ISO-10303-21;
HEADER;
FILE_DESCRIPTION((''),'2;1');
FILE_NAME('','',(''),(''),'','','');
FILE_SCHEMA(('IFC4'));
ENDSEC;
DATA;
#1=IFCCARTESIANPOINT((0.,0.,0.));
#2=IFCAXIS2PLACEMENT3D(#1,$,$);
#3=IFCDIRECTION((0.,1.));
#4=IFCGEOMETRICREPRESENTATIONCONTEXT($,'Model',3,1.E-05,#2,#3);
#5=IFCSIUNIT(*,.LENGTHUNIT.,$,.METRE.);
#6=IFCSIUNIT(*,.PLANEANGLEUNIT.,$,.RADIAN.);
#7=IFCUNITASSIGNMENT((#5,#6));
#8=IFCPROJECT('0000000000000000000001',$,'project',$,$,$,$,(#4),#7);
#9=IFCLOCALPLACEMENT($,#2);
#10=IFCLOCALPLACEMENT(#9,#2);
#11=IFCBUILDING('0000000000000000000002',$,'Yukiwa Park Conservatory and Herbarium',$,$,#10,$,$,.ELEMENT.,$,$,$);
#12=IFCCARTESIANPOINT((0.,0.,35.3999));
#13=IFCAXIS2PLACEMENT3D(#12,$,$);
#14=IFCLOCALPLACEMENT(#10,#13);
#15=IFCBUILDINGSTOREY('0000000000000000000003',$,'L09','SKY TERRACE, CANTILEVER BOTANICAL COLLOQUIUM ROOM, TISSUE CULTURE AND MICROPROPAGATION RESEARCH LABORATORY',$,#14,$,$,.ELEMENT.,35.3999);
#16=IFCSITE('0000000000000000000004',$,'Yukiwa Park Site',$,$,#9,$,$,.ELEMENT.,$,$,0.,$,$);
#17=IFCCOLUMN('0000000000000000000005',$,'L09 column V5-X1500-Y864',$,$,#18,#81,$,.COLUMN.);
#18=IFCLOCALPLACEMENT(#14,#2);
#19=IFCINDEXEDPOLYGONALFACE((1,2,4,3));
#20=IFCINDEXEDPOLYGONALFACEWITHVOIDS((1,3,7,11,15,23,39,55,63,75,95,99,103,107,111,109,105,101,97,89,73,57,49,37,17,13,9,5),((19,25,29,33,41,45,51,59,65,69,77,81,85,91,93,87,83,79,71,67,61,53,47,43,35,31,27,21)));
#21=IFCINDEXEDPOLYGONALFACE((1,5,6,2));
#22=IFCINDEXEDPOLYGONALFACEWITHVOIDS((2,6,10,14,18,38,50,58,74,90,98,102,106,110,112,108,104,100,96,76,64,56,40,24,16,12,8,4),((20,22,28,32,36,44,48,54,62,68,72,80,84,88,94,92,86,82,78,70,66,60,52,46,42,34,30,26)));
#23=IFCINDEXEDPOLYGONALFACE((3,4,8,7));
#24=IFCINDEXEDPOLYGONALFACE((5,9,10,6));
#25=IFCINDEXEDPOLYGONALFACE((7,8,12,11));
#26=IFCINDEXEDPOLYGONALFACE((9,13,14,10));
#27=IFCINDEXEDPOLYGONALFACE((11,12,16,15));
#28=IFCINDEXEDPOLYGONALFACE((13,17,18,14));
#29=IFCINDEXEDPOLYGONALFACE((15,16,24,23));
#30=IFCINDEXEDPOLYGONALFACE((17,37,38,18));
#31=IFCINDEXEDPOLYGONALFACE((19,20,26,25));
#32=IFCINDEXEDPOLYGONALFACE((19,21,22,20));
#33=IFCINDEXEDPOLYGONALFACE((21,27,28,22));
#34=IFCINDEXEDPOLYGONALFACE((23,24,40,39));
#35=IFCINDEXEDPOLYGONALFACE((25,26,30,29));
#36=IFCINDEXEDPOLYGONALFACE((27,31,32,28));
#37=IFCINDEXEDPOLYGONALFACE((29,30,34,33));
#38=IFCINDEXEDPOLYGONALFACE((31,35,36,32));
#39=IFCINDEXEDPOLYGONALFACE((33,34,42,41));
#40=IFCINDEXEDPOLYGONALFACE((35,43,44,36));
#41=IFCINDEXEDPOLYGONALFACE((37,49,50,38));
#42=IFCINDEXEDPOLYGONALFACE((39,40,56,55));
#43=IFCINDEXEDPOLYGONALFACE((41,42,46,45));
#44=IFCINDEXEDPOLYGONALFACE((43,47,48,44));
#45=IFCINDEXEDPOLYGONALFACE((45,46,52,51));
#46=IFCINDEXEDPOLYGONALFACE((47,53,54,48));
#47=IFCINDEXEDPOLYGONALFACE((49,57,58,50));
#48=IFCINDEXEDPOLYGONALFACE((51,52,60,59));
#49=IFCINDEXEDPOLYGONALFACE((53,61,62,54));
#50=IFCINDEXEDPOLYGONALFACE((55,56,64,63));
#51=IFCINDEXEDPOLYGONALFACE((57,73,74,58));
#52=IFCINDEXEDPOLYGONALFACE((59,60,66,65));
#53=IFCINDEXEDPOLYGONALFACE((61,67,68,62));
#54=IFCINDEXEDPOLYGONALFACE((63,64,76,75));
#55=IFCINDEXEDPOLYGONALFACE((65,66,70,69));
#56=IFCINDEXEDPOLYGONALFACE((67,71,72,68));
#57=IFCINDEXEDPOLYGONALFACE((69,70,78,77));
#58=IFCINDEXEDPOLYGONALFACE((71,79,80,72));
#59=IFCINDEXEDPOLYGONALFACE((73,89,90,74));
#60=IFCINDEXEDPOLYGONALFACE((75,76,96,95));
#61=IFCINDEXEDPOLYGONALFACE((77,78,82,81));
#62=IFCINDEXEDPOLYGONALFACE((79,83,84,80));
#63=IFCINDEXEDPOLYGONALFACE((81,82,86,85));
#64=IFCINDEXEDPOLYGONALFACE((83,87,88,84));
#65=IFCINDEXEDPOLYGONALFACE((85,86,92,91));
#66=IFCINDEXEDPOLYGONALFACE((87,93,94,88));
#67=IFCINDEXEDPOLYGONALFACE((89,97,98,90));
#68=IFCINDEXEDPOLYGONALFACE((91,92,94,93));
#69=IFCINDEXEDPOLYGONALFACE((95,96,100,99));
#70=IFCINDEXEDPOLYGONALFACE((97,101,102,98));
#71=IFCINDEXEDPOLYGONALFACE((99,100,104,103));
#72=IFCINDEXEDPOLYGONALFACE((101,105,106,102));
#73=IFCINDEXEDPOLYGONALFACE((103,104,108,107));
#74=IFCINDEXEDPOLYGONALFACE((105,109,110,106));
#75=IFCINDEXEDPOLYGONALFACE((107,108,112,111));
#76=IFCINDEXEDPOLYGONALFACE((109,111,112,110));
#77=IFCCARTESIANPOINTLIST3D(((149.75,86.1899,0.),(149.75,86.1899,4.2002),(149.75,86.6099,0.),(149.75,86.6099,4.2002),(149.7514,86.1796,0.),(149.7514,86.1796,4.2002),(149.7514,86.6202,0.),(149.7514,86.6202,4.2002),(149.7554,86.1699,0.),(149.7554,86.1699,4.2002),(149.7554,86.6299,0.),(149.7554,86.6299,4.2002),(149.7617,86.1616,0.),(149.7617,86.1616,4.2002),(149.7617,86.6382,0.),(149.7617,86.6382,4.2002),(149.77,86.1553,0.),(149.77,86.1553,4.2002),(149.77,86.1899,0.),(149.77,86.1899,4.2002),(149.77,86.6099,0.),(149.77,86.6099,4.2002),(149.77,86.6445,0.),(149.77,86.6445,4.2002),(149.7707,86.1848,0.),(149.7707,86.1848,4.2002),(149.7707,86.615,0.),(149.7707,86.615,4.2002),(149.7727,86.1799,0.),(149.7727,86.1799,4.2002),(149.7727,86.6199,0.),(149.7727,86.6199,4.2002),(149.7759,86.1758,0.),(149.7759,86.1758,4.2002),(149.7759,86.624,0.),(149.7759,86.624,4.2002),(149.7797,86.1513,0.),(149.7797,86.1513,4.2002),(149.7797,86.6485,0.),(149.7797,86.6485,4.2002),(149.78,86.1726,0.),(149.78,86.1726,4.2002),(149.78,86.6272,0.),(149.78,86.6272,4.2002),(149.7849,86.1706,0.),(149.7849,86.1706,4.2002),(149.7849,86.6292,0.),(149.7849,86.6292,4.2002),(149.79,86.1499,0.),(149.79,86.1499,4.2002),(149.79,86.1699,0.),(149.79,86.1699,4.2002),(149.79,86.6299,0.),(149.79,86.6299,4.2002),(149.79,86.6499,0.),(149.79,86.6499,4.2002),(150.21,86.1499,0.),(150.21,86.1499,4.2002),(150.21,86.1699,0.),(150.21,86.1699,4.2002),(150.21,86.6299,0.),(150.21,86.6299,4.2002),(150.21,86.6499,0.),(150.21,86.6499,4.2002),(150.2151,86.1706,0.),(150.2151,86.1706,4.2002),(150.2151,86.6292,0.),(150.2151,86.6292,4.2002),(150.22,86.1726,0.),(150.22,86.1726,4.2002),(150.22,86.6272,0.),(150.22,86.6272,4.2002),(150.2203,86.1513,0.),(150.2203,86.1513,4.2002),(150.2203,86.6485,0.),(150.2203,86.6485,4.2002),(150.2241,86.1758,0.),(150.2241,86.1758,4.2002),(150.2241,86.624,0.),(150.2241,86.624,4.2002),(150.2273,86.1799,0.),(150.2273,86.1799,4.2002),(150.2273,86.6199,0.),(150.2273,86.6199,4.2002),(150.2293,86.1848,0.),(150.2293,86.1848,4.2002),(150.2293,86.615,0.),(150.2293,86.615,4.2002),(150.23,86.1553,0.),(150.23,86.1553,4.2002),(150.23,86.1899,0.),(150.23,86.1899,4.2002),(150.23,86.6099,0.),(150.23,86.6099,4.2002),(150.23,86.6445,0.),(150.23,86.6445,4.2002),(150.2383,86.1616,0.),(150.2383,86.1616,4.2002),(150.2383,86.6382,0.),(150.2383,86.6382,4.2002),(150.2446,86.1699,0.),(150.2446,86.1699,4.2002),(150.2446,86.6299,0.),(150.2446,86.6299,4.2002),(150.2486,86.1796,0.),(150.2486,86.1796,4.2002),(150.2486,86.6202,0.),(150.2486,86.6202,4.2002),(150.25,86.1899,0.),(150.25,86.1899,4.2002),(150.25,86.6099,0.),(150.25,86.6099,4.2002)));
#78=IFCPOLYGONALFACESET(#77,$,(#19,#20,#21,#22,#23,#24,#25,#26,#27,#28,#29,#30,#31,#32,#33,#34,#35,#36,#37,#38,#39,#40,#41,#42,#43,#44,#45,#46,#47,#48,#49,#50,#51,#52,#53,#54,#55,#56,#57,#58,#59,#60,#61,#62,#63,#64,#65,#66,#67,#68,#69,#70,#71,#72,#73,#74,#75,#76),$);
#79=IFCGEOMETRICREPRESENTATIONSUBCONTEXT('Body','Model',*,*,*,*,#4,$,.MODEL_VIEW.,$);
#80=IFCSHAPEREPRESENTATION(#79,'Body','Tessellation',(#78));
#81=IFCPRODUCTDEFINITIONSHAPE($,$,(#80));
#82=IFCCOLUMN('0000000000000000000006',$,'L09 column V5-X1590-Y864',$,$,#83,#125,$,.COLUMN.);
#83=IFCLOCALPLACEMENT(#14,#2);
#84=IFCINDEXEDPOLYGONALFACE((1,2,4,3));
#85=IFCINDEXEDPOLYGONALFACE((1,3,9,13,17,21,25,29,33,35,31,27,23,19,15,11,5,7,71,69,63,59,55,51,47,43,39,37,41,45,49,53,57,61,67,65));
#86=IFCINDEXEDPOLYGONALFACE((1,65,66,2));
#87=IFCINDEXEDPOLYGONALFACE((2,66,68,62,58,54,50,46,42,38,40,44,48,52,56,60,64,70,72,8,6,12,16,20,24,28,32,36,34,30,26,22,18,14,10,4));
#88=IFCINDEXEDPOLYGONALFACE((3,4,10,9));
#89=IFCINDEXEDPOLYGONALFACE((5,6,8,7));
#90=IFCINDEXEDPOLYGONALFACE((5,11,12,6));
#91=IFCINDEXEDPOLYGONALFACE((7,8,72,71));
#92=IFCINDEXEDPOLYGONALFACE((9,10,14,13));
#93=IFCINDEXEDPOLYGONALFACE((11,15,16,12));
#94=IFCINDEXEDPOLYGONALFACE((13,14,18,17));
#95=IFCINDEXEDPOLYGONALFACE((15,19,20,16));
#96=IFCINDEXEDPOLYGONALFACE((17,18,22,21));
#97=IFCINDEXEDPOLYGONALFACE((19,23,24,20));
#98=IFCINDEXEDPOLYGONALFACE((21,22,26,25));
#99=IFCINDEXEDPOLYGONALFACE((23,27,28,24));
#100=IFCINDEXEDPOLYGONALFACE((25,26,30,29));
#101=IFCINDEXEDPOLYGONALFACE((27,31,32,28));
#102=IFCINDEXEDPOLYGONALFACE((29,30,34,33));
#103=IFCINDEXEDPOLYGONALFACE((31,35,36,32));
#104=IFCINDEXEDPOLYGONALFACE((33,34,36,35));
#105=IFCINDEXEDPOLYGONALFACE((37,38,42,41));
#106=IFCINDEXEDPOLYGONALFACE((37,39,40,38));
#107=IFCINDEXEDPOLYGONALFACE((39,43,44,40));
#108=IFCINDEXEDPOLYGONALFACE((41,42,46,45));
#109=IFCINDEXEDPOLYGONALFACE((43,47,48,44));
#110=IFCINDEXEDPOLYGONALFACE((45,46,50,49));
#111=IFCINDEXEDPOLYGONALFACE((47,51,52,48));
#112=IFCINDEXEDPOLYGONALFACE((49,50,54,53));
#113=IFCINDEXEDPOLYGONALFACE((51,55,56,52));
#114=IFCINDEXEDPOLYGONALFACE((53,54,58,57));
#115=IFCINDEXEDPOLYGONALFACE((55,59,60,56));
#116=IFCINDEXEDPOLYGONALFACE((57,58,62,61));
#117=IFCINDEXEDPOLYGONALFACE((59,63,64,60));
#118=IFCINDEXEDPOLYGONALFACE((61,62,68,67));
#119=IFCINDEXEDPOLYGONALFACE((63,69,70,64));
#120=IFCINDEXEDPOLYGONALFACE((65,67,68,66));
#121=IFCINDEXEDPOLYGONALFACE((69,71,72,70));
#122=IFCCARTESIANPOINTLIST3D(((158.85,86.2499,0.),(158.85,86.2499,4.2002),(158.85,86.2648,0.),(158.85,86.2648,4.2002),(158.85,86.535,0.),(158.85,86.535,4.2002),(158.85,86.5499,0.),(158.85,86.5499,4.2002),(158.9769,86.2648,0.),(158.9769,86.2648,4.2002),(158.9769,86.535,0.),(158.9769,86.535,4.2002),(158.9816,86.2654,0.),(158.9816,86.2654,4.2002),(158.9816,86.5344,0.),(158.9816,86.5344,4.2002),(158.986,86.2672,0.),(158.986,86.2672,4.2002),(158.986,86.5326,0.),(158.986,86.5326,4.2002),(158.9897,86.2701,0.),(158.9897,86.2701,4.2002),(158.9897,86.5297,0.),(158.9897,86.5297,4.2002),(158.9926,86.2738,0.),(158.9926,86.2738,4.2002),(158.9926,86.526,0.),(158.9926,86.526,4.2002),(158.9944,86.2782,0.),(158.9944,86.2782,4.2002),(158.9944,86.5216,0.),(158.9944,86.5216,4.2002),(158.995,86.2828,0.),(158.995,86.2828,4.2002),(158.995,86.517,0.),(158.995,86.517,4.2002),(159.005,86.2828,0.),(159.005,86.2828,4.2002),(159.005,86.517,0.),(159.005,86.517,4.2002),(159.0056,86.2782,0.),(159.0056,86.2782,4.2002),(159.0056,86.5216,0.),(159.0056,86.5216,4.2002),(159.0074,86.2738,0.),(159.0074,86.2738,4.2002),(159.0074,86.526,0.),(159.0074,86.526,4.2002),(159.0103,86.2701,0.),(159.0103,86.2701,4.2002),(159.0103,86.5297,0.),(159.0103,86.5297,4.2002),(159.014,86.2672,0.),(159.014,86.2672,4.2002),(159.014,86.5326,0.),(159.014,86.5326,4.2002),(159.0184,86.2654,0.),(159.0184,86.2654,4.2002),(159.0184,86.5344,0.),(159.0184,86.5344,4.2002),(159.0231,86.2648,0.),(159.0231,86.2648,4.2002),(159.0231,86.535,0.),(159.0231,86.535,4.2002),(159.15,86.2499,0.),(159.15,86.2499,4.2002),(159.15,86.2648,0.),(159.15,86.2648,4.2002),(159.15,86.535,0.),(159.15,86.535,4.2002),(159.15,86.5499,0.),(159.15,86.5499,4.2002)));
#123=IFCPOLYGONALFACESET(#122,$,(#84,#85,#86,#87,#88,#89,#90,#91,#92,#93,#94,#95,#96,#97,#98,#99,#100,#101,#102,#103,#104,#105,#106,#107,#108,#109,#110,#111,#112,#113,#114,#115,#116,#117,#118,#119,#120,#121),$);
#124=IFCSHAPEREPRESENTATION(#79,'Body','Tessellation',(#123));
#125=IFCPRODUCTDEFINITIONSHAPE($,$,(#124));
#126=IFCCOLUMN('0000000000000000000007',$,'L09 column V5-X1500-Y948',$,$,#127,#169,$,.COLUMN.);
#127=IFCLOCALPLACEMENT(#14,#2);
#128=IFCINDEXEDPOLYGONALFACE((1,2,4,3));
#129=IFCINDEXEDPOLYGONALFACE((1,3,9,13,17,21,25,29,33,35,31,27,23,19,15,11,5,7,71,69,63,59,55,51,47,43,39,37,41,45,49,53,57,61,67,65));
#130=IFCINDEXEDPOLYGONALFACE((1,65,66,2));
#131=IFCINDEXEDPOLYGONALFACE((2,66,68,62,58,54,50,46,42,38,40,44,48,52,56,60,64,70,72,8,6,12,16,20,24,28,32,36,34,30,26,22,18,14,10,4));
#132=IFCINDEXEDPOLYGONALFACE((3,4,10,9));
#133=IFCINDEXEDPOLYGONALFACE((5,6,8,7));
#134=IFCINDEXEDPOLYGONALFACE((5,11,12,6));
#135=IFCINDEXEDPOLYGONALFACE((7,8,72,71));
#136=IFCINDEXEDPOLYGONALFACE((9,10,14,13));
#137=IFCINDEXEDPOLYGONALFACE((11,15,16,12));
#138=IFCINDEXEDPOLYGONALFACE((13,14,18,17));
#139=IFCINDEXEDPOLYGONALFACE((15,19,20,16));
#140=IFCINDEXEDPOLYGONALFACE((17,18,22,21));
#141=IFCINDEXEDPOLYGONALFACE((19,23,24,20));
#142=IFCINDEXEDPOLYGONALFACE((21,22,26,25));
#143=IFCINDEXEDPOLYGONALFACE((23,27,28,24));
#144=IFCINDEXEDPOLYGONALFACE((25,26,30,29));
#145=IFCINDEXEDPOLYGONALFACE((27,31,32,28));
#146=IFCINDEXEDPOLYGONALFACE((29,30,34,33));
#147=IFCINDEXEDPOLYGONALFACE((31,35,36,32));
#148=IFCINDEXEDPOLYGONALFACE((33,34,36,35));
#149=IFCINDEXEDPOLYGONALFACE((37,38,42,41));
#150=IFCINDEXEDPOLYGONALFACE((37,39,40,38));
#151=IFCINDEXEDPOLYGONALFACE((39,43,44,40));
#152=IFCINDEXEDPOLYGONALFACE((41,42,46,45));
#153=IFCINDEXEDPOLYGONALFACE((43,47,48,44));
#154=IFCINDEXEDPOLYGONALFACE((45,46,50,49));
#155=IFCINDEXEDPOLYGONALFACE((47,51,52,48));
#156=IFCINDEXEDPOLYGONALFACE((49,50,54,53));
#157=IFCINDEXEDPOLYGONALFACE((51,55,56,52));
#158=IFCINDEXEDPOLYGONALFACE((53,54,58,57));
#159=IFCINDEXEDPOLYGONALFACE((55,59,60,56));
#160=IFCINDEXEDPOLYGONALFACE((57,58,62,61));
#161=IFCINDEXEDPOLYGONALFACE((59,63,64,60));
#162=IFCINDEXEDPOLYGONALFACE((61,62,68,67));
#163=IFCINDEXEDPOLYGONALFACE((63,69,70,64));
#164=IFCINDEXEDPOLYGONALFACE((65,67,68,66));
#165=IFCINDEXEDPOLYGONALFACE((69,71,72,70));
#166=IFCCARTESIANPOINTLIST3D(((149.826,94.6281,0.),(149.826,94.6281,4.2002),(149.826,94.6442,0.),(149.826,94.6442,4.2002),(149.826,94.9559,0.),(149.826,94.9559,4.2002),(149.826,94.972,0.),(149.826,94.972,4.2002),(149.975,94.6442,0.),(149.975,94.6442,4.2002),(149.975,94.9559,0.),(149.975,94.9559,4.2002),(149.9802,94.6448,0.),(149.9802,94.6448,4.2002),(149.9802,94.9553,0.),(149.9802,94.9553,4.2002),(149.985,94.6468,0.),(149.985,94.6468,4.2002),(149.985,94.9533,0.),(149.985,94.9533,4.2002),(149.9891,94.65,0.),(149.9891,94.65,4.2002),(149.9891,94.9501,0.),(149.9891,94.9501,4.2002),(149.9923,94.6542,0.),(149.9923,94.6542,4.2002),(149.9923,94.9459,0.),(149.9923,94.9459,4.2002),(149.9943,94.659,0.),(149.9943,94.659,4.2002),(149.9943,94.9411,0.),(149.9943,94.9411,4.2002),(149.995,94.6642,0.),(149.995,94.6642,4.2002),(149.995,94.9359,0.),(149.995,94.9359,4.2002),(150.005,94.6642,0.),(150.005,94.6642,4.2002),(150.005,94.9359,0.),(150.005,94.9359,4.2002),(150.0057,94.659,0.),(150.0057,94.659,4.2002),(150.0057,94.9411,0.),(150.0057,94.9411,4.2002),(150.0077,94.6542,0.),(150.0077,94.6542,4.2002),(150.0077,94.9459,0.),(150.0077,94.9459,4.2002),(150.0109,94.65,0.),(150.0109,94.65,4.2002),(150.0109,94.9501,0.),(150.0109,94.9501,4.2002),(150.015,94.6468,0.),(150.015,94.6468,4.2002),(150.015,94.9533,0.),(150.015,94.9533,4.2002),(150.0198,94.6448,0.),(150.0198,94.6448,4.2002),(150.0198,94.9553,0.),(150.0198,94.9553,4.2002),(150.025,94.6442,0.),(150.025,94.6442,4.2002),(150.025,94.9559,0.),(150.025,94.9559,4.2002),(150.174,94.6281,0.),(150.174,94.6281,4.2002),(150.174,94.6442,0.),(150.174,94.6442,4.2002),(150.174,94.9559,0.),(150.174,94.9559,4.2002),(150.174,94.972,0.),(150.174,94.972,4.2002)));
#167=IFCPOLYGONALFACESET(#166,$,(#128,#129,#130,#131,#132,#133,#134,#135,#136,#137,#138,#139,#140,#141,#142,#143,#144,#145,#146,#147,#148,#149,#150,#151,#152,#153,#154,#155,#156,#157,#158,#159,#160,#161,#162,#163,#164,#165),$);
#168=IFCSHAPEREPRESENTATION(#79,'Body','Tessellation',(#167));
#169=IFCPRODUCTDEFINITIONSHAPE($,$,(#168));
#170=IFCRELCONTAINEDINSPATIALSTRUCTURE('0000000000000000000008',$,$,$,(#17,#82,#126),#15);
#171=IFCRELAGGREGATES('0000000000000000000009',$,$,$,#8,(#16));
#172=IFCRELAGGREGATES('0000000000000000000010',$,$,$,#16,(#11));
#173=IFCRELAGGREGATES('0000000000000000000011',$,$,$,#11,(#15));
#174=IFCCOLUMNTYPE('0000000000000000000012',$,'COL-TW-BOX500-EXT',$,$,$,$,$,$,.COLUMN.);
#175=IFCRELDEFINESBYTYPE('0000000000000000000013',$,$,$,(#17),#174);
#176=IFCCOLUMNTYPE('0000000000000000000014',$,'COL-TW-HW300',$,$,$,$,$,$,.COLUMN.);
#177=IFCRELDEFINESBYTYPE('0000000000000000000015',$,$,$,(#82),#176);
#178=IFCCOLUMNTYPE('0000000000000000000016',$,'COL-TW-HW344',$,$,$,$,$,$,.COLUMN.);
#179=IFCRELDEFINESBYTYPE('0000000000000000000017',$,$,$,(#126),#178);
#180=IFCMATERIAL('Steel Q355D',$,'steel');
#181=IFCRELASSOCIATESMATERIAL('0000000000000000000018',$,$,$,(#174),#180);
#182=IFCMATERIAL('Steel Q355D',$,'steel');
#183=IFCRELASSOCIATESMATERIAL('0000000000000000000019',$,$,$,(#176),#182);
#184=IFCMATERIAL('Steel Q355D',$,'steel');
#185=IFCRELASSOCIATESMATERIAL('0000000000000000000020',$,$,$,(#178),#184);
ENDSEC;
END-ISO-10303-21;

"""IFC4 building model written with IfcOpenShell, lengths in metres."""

from ifc_helpers import new_model, si_unit, direction, frame, origin, origin_2d, place, context, subcontext, project, spatial, hollow_rectangle, i_section, extrude, material, material_profile, profile_set, type_object, element, save


model = new_model("IFC4")

# Units and contexts
model_context = context("Model", 3, precision=1e-05, world=origin(), true_north=direction((0.0, 1.0)))
body_context = subcontext(model_context, "Body", "Model", "MODEL_VIEW")
ifc_project = project(units=[si_unit("LENGTHUNIT", "METRE"), si_unit("PLANEANGLEUNIT", "RADIAN")], contexts=[model_context])

# Site, building, storey
site_placement = place(None, origin())
site = spatial("IfcSite", under=ifc_project, at=site_placement, Name="Yukiwa Park Site", CompositionType="ELEMENT", RefElevation=0.0)
building_placement = place(site_placement, origin())
building = spatial("IfcBuilding", under=site, at=building_placement, Name="Yukiwa Park Conservatory and Herbarium", CompositionType="ELEMENT")
storey_placement = place(building_placement, frame((0.0, 0.0, 35.3999)))
storey = spatial("IfcBuildingStorey", under=building, at=storey_placement, Name="L09", Description="SKY TERRACE, CANTILEVER BOTANICAL COLLOQUIUM ROOM, TISSUE CULTURE AND MICROPROPAGATION RESEARCH LABORATORY", CompositionType="ELEMENT", Elevation=35.3999)

# Columns
ifc_material_1 = material(Name="Steel Q355D", Category="steel")
ifc_material_profile_1 = material_profile(ifc_material_1, hollow_rectangle(XDim=0.5, YDim=0.5, WallThickness=0.02, InnerFilletRadius=0.02, OuterFilletRadius=0.04, at=origin_2d()), Name="BOX 500x500x20")
ifc_profile_set_1 = profile_set([ifc_material_profile_1], Name="Steel Q355D")
column_type_1 = type_object("IfcColumnType", Name="COL-TW-BOX500-EXT", PredefinedType="COLUMN", material=ifc_profile_set_1)
column_1_placement = place(storey_placement, frame((150.0, 86.3999, 0.0), z_axis=(0.0, 0.0, 1.0), x_axis=(1.0, 0.0, 0.0)))
element("IfcColumn", 1, at=column_1_placement, inside=storey, type_object=column_type_1, Name="L09 column V5-X1500-Y864", PredefinedType="COLUMN", context=body_context, shape_type="SweptSolid", body=[
    extrude(hollow_rectangle(XDim=0.5, YDim=0.5, WallThickness=0.02, InnerFilletRadius=0.02, OuterFilletRadius=0.04, at=origin_2d()), origin(), (0.0, 0.0, 1.0), 4.2002),
])
ifc_material_2 = material(Name="Steel Q355D", Category="steel")
ifc_material_profile_2 = material_profile(ifc_material_2, i_section(OverallWidth=0.3, OverallDepth=0.3, WebThickness=0.01, FlangeThickness=0.0149, FilletRadius=0.0181, at=origin_2d()), Name="HW 300x300x10x15")
ifc_profile_set_2 = profile_set([ifc_material_profile_2], Name="Steel Q355D")
column_type_2 = type_object("IfcColumnType", Name="COL-TW-HW300", PredefinedType="COLUMN", material=ifc_profile_set_2)
column_2_placement = place(storey_placement, frame((159.0, 86.3999, 0.0), z_axis=(0.0, 0.0, 1.0), x_axis=(1.0, 0.0, 0.0)))
element("IfcColumn", 2, at=column_2_placement, inside=storey, type_object=column_type_2, Name="L09 column V5-X1590-Y864", PredefinedType="COLUMN", context=body_context, shape_type="SweptSolid", body=[
    extrude(i_section(OverallWidth=0.3, OverallDepth=0.3, WebThickness=0.01, FlangeThickness=0.0149, FilletRadius=0.0181, at=origin_2d()), origin(), (0.0, 0.0, 1.0), 4.2002),
])
ifc_material_3 = material(Name="Steel Q355D", Category="steel")
ifc_material_profile_3 = material_profile(ifc_material_3, i_section(OverallWidth=0.3479, OverallDepth=0.344, WebThickness=0.01, FlangeThickness=0.0161, FilletRadius=0.02, at=origin_2d()), Name="HW 344x348x10x16")
ifc_profile_set_3 = profile_set([ifc_material_profile_3], Name="Steel Q355D")
column_type_3 = type_object("IfcColumnType", Name="COL-TW-HW344", PredefinedType="COLUMN", material=ifc_profile_set_3)
for number, where, z_axis, x_axis, name in (
    (3, (150.0, 94.8, 0.0), (0.0, 0.0, 1.0), (1.0, 0.0, 0.0), "L09 column V5-X1500-Y948"),
):
    element("IfcColumn", number, at=place(storey_placement, frame(where, z_axis=z_axis, x_axis=x_axis)), inside=storey, type_object=column_type_3, Name=name, PredefinedType="COLUMN", context=body_context, shape_type="SweptSolid", body=[
        extrude(i_section(OverallWidth=0.3479, OverallDepth=0.344, WebThickness=0.01, FlangeThickness=0.0161, FilletRadius=0.02, at=origin_2d()), origin(), (0.0, 0.0, 1.0), 4.2002),
    ])

save(model, "model.ifc")
